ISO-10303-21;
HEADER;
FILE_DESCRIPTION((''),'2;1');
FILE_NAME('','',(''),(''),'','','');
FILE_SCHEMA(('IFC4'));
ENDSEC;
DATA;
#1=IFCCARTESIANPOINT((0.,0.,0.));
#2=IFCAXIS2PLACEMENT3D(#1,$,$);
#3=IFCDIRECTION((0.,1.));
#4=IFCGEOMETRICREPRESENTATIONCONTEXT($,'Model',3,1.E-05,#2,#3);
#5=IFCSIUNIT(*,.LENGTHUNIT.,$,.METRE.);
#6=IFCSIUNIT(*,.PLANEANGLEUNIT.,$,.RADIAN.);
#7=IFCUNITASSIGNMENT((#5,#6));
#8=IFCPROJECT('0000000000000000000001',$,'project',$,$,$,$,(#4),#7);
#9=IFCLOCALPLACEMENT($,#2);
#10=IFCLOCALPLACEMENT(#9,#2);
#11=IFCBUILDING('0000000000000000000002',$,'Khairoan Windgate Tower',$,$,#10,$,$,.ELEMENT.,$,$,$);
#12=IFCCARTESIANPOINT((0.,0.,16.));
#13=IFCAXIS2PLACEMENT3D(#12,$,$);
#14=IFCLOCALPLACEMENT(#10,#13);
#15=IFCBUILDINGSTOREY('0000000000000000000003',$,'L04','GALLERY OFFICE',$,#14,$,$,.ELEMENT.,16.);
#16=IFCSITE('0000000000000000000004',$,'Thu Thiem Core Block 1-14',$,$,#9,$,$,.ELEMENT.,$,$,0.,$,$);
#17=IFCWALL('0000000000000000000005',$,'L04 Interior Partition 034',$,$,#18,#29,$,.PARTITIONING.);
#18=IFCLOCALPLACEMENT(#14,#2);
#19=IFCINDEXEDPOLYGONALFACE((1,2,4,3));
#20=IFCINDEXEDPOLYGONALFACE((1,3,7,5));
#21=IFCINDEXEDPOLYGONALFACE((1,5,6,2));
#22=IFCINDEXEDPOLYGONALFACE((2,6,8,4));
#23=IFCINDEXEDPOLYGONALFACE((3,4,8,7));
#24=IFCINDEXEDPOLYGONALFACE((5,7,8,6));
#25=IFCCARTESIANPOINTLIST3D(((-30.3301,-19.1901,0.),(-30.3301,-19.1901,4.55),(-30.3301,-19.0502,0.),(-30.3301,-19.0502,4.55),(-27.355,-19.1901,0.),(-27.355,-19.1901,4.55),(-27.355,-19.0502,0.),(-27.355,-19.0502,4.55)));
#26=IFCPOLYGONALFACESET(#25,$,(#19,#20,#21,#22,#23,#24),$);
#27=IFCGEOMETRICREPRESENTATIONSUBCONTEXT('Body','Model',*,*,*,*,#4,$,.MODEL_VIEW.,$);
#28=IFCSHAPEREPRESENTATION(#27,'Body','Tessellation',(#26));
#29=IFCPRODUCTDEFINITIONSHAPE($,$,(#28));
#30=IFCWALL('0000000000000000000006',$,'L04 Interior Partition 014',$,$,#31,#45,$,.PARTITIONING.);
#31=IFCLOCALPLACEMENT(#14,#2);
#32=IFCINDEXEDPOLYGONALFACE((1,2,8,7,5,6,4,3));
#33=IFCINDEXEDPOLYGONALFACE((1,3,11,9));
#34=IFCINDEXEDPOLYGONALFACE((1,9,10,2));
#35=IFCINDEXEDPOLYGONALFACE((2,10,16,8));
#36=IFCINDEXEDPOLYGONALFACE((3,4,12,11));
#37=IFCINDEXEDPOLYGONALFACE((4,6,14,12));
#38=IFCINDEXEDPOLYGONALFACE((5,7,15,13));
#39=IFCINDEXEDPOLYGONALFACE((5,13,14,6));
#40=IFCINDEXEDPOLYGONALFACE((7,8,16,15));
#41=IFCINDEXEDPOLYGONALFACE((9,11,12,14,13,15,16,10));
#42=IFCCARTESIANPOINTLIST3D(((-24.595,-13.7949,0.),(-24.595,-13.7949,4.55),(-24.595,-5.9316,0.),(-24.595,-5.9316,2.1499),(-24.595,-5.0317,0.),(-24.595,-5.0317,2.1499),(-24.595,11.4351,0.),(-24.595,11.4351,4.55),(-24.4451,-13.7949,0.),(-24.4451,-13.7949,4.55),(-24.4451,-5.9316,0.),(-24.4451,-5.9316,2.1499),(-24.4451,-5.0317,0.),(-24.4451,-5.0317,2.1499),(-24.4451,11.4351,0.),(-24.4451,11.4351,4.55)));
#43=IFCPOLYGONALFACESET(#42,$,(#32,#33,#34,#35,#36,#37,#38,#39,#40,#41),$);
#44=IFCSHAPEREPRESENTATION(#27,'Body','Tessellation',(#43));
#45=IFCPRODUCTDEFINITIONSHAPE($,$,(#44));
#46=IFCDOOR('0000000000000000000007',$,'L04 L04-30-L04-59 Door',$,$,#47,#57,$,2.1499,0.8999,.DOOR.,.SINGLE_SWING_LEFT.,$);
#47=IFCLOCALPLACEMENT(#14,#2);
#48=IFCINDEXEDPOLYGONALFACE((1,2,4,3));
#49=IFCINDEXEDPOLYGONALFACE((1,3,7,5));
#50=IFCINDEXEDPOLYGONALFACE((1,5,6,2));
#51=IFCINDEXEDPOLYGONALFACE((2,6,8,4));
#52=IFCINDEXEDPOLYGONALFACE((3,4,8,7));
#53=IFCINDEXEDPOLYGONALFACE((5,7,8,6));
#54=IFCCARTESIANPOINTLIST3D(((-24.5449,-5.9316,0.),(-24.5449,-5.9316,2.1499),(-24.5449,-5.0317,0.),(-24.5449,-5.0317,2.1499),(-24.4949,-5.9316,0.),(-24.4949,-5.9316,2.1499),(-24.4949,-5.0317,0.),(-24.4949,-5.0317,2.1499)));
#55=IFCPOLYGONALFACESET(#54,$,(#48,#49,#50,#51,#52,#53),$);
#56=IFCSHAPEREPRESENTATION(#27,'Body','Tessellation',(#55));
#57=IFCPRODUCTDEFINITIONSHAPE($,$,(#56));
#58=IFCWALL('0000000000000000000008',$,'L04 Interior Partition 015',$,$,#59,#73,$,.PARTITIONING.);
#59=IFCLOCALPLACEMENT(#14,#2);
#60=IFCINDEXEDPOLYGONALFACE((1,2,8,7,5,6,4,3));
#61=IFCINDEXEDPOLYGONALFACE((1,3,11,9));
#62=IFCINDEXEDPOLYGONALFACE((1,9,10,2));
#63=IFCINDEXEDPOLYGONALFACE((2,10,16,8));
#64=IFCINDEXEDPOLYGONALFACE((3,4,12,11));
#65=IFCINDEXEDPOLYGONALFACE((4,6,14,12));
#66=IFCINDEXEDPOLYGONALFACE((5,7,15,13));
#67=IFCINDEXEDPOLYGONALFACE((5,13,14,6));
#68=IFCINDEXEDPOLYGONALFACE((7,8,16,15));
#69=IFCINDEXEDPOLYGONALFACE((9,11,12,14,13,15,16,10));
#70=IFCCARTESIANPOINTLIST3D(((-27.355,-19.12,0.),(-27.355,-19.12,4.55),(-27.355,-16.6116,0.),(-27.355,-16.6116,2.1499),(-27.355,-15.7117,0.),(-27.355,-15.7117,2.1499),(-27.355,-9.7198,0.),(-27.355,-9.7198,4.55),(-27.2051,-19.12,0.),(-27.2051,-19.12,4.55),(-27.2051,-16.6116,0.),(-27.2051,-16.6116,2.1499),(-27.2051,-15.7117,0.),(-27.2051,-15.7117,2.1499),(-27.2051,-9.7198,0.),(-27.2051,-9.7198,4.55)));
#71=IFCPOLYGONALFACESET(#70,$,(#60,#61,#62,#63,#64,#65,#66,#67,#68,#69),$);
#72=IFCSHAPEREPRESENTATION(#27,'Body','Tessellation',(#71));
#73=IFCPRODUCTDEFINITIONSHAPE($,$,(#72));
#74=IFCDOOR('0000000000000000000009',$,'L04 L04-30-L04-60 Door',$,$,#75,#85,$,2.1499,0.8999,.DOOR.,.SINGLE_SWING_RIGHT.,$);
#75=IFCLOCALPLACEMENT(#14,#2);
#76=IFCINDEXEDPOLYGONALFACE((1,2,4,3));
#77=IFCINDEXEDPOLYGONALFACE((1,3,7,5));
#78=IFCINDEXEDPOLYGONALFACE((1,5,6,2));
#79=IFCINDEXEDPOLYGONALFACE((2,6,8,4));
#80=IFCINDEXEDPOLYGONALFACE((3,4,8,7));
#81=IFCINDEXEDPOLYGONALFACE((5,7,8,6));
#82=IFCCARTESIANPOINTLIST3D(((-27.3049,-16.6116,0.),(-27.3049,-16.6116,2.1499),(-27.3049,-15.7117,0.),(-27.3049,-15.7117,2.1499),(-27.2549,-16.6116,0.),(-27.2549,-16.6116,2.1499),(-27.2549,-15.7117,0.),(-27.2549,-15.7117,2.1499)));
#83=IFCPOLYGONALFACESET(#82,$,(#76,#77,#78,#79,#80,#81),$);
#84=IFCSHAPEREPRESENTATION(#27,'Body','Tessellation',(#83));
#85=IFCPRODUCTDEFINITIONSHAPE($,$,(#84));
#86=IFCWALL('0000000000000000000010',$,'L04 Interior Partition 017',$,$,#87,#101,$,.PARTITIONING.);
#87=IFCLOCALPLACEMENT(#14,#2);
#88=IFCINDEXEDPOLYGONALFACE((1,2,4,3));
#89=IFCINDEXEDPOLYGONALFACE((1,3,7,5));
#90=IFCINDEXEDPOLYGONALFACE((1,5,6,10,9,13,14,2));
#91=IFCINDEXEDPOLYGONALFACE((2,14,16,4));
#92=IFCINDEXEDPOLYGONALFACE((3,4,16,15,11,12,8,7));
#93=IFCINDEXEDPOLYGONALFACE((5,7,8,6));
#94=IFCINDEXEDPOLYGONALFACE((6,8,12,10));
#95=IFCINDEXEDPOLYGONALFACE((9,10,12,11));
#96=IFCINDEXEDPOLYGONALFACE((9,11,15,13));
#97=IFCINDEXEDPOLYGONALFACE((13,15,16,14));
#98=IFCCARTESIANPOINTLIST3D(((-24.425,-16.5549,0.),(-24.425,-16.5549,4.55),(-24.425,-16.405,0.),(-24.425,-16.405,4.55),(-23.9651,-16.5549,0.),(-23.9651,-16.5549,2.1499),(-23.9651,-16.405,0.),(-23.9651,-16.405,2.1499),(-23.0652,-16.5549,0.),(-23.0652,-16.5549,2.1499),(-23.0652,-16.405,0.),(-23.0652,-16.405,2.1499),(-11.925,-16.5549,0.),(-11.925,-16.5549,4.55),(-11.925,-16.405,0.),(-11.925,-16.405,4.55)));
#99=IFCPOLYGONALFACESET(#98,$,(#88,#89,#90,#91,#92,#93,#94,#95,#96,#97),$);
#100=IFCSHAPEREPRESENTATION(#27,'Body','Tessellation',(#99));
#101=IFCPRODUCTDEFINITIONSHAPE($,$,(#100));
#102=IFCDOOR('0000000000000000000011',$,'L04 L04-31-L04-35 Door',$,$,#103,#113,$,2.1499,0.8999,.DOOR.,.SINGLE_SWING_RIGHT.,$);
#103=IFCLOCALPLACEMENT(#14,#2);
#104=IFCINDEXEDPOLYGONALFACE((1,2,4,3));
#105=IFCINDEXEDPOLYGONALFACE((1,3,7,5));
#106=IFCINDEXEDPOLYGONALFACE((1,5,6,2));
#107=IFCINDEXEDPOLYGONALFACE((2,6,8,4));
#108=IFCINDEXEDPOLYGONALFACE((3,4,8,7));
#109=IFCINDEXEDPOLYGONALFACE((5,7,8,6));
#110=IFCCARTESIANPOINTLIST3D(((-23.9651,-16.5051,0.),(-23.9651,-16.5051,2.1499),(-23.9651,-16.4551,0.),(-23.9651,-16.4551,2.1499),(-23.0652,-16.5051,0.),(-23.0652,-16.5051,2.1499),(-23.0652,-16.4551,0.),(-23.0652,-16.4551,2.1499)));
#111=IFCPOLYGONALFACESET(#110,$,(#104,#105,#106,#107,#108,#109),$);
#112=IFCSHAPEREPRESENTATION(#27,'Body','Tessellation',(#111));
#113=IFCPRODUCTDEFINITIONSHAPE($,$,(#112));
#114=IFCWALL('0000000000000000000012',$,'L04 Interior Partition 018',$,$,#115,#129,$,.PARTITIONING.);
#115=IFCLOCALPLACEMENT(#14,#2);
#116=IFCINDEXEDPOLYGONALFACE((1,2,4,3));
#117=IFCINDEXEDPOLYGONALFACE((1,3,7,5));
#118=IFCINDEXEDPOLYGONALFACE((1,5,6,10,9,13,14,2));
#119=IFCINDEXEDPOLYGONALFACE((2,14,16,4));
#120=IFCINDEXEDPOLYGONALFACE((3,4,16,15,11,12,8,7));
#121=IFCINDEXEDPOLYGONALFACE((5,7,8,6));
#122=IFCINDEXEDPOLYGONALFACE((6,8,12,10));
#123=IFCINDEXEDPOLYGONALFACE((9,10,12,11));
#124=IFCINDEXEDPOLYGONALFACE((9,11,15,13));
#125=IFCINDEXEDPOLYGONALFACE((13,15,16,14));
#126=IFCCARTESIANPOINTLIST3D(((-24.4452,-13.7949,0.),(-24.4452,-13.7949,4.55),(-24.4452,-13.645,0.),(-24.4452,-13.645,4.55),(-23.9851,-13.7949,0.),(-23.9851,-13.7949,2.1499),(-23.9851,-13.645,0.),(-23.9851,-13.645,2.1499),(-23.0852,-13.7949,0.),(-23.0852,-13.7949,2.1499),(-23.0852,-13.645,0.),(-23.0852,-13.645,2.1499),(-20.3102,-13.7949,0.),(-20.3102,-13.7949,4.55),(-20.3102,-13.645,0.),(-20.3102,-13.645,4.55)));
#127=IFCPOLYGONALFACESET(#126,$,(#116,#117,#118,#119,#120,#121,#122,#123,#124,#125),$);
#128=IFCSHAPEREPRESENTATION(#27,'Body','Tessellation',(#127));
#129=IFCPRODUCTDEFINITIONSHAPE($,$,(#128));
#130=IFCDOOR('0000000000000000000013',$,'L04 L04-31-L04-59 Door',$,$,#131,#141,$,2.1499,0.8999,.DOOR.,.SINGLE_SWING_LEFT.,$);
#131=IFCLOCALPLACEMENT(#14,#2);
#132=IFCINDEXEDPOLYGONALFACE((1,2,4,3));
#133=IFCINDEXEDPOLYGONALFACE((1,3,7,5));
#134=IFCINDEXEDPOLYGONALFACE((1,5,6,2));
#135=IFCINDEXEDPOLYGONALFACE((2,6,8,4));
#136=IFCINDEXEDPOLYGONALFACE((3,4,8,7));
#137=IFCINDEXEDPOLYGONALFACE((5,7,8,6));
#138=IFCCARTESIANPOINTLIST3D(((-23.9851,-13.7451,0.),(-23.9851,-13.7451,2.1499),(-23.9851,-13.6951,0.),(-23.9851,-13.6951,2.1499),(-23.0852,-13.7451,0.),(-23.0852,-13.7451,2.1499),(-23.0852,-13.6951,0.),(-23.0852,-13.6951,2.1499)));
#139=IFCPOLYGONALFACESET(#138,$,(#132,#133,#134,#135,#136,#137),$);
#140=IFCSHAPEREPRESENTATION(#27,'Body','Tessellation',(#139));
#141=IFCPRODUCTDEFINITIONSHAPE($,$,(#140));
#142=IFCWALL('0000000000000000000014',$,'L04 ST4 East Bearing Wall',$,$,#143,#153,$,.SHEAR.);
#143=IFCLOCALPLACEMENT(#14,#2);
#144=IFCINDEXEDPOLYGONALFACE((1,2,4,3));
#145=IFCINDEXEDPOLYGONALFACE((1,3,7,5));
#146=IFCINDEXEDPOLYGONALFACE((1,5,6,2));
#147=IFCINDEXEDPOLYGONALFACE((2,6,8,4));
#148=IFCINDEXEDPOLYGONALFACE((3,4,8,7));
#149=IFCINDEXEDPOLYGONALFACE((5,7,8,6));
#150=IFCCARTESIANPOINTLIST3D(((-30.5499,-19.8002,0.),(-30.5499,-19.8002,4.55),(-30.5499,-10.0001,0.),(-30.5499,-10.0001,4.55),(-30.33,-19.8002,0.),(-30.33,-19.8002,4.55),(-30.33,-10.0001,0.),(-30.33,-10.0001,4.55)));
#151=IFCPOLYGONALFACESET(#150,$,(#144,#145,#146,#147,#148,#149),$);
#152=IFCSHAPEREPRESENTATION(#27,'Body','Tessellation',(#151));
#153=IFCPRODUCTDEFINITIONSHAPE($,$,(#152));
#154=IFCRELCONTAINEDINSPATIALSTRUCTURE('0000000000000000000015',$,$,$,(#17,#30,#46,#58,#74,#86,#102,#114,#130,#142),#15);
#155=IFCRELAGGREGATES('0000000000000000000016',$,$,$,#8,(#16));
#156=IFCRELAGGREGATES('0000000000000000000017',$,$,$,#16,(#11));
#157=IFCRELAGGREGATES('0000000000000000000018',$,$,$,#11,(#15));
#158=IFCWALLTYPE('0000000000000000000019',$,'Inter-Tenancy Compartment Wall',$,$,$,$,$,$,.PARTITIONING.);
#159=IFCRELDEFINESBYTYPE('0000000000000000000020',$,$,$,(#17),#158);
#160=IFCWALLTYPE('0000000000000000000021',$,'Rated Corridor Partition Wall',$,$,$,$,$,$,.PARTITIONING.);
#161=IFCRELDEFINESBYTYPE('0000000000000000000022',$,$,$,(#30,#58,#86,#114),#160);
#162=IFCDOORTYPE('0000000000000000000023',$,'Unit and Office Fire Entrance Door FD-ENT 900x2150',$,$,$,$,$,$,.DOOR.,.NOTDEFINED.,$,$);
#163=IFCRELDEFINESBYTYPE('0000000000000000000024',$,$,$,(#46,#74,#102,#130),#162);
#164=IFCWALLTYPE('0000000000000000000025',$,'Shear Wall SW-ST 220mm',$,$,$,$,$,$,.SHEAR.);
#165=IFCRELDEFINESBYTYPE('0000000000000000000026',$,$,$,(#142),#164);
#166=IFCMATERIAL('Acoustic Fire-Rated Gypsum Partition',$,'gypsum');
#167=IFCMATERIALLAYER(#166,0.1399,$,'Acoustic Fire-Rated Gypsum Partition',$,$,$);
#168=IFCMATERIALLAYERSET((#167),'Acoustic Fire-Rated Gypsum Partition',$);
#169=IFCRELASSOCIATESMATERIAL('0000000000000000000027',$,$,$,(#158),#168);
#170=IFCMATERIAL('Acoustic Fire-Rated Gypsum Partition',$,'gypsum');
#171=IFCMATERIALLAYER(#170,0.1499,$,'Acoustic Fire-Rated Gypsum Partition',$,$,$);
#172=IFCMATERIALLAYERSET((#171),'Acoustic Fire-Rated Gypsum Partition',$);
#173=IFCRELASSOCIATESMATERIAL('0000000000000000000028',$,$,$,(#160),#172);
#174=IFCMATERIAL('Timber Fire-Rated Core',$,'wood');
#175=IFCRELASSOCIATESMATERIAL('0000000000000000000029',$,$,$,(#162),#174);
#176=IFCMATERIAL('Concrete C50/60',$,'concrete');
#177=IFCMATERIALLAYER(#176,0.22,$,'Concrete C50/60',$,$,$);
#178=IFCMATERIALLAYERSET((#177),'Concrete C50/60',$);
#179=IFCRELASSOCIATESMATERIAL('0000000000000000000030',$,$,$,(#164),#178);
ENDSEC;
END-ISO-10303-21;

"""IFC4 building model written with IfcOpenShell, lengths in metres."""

from ifc_helpers import new_model, si_unit, direction, frame, frame_2d, origin, place, context, subcontext, project, spatial, rectangle, extrude, material, layer, layer_set, type_object, element, fill, save


model = new_model("IFC4")

# Units and contexts
model_context = context("Model", 3, precision=1e-05, world=origin(), true_north=direction((0.0, 1.0)))
body_context = subcontext(model_context, "Body", "Model", "MODEL_VIEW")
ifc_project = project(units=[si_unit("LENGTHUNIT", "METRE"), si_unit("PLANEANGLEUNIT", "RADIAN")], contexts=[model_context])

# Site, building, storey
site_placement = place(None, origin())
site = spatial("IfcSite", under=ifc_project, at=site_placement, Name="Thu Thiem Core Block 1-14", CompositionType="ELEMENT", RefElevation=0.0)
building_placement = place(site_placement, origin())
building = spatial("IfcBuilding", under=site, at=building_placement, Name="Khairoan Windgate Tower", CompositionType="ELEMENT")
storey_placement = place(building_placement, frame((0.0, 0.0, 16.0)))
storey = spatial("IfcBuildingStorey", under=building, at=storey_placement, Name="L04", Description="GALLERY OFFICE", CompositionType="ELEMENT", Elevation=16.0)

# Wall
ifc_material_1 = material(Name="Acoustic Fire-Rated Gypsum Partition", Category="gypsum")
ifc_layer_1 = layer(ifc_material_1, 0.1399, Name="Acoustic Fire-Rated Gypsum Partition")
ifc_layer_set_1 = layer_set([ifc_layer_1], Name="Acoustic Fire-Rated Gypsum Partition")
wall_type_1 = type_object("IfcWallType", Name="Inter-Tenancy Compartment Wall", PredefinedType="PARTITIONING", material=ifc_layer_set_1)
wall_1_placement = place(storey_placement, frame((-30.3301, -19.1201, 0.0), z_axis=(0.0, 0.0, 1.0), x_axis=(1.0, 0.0, 0.0)))
element("IfcWall", 1, at=wall_1_placement, inside=storey, type_object=wall_type_1, Name="L04 Interior Partition 034", PredefinedType="PARTITIONING", context=body_context, shape_type="SweptSolid", body=[
    extrude(rectangle(XDim=2.9751, YDim=0.1399, at=frame_2d((1.4875, 0.0))), origin(), (0.0, 0.0, 1.0), 4.55),
])

# Walls, openings, doors
ifc_material_2 = material(Name="Acoustic Fire-Rated Gypsum Partition", Category="gypsum")
ifc_layer_2 = layer(ifc_material_2, 0.1499, Name="Acoustic Fire-Rated Gypsum Partition")
ifc_layer_set_2 = layer_set([ifc_layer_2], Name="Acoustic Fire-Rated Gypsum Partition")
wall_type_2 = type_object("IfcWallType", Name="Rated Corridor Partition Wall", PredefinedType="PARTITIONING", material=ifc_layer_set_2)
wall_2_placement = place(storey_placement, frame((-24.52, -13.7949, 0.0), z_axis=(0.0, 0.0, 1.0), x_axis=(0.0, 1.0, 0.0)))
wall_2 = element("IfcWall", 2, at=wall_2_placement, inside=storey, type_object=wall_type_2, Name="L04 Interior Partition 014", PredefinedType="PARTITIONING", context=body_context, shape_type="SweptSolid", body=[
    extrude(rectangle(XDim=25.23, YDim=0.1499, at=frame_2d((12.615, 0.0))), origin(), (0.0, 0.0, 1.0), 4.55),
])
opening_1_placement = place(wall_2_placement, frame((7.8633, 0.0, 0.0)))
opening_1 = element("IfcOpeningElement", 3, at=opening_1_placement, cuts=wall_2, PredefinedType="OPENING", context=body_context, shape_type="SweptSolid", body=[
    extrude(rectangle(XDim=0.8999, YDim=2.1499, at=frame_2d((0.45, 1.075))), frame((0.0, 0.085, 0.0), z_axis=(0.0, -1.0, 0.0), x_axis=(1.0, 0.0, 0.0)), (0.0, 0.0, 1.0), 0.1699),
])
ifc_material_3 = material(Name="Timber Fire-Rated Core", Category="wood")
door_type = type_object("IfcDoorType", Name="Unit and Office Fire Entrance Door FD-ENT 900x2150", OperationType="NOTDEFINED", PredefinedType="DOOR", material=ifc_material_3)
door_1_placement = place(opening_1_placement, origin())
door_1 = element("IfcDoor", 4, at=door_1_placement, inside=storey, type_object=door_type, Name="L04 L04-30-L04-59 Door", OperationType="SINGLE_SWING_LEFT", OverallHeight=2.1499, OverallWidth=0.8999, PredefinedType="DOOR", context=body_context, shape_type="SweptSolid", body=[
    extrude(rectangle(XDim=0.8999, YDim=2.1499, at=frame_2d((0.45, 1.075))), frame((0.0, 0.0249, 0.0), z_axis=(0.0, -1.0, 0.0), x_axis=(1.0, 0.0, 0.0)), (0.0, 0.0, 1.0), 0.05),
])
fill(opening_1, door_1)
wall_3_placement = place(storey_placement, frame((-27.28, -19.1201, 0.0), z_axis=(0.0, 0.0, 1.0), x_axis=(0.0, 1.0, 0.0)))
wall_3 = element("IfcWall", 5, at=wall_3_placement, inside=storey, type_object=wall_type_2, Name="L04 Interior Partition 015", PredefinedType="PARTITIONING", context=body_context, shape_type="SweptSolid", body=[
    extrude(rectangle(XDim=9.4001, YDim=0.1499, at=frame_2d((4.7002, 0.0))), origin(), (0.0, 0.0, 1.0), 4.55),
])
opening_2_placement = place(wall_3_placement, frame((2.5085, 0.0, 0.0)))
opening_2 = element("IfcOpeningElement", 6, at=opening_2_placement, cuts=wall_3, PredefinedType="OPENING", context=body_context, shape_type="SweptSolid", body=[
    extrude(rectangle(XDim=0.8999, YDim=2.1499, at=frame_2d((0.45, 1.075))), frame((0.0, 0.085, 0.0), z_axis=(0.0, -1.0, 0.0), x_axis=(1.0, 0.0, 0.0)), (0.0, 0.0, 1.0), 0.1699),
])
door_2_placement = place(opening_2_placement, origin())
door_2 = element("IfcDoor", 7, at=door_2_placement, inside=storey, type_object=door_type, Name="L04 L04-30-L04-60 Door", OperationType="SINGLE_SWING_RIGHT", OverallHeight=2.1499, OverallWidth=0.8999, PredefinedType="DOOR", context=body_context, shape_type="SweptSolid", body=[
    extrude(rectangle(XDim=0.8999, YDim=2.1499, at=frame_2d((0.45, 1.075))), frame((0.0, 0.0249, 0.0), z_axis=(0.0, -1.0, 0.0), x_axis=(1.0, 0.0, 0.0)), (0.0, 0.0, 1.0), 0.05),
])
fill(opening_2, door_2)
wall_4_placement = place(storey_placement, frame((-24.425, -16.48, 0.0), z_axis=(0.0, 0.0, 1.0), x_axis=(1.0, 0.0, 0.0)))
wall_4 = element("IfcWall", 8, at=wall_4_placement, inside=storey, type_object=wall_type_2, Name="L04 Interior Partition 017", PredefinedType="PARTITIONING", context=body_context, shape_type="SweptSolid", body=[
    extrude(rectangle(XDim=12.5, YDim=0.1499, at=frame_2d((6.25, 0.0))), origin(), (0.0, 0.0, 1.0), 4.55),
])
opening_3_placement = place(wall_4_placement, frame((0.46, 0.0, 0.0)))
opening_3 = element("IfcOpeningElement", 9, at=opening_3_placement, cuts=wall_4, PredefinedType="OPENING", context=body_context, shape_type="SweptSolid", body=[
    extrude(rectangle(XDim=0.8999, YDim=2.1499, at=frame_2d((0.45, 1.075))), frame((0.0, 0.085, 0.0), z_axis=(0.0, -1.0, 0.0), x_axis=(1.0, 0.0, 0.0)), (0.0, 0.0, 1.0), 0.1699),
])
door_3_placement = place(opening_3_placement, origin())
door_3 = element("IfcDoor", 10, at=door_3_placement, inside=storey, type_object=door_type, Name="L04 L04-31-L04-35 Door", OperationType="SINGLE_SWING_RIGHT", OverallHeight=2.1499, OverallWidth=0.8999, PredefinedType="DOOR", context=body_context, shape_type="SweptSolid", body=[
    extrude(rectangle(XDim=0.8999, YDim=2.1499, at=frame_2d((0.45, 1.075))), frame((0.0, 0.0249, 0.0), z_axis=(0.0, -1.0, 0.0), x_axis=(1.0, 0.0, 0.0)), (0.0, 0.0, 1.0), 0.05),
])
fill(opening_3, door_3)
wall_5_placement = place(storey_placement, frame((-24.4451, -13.72, 0.0), z_axis=(0.0, 0.0, 1.0), x_axis=(1.0, 0.0, 0.0)))
wall_5 = element("IfcWall", 11, at=wall_5_placement, inside=storey, type_object=wall_type_2, Name="L04 Interior Partition 018", PredefinedType="PARTITIONING", context=body_context, shape_type="SweptSolid", body=[
    extrude(rectangle(XDim=4.135, YDim=0.1499, at=frame_2d((2.0674, 0.0))), origin(), (0.0, 0.0, 1.0), 4.55),
])
opening_4_placement = place(wall_5_placement, frame((0.46, 0.0, 0.0)))
opening_4 = element("IfcOpeningElement", 12, at=opening_4_placement, cuts=wall_5, PredefinedType="OPENING", context=body_context, shape_type="SweptSolid", body=[
    extrude(rectangle(XDim=0.8999, YDim=2.1499, at=frame_2d((0.45, 1.075))), frame((0.0, 0.085, 0.0), z_axis=(0.0, -1.0, 0.0), x_axis=(1.0, 0.0, 0.0)), (0.0, 0.0, 1.0), 0.1699),
])
door_4_placement = place(opening_4_placement, origin())
door_4 = element("IfcDoor", 13, at=door_4_placement, inside=storey, type_object=door_type, Name="L04 L04-31-L04-59 Door", OperationType="SINGLE_SWING_LEFT", OverallHeight=2.1499, OverallWidth=0.8999, PredefinedType="DOOR", context=body_context, shape_type="SweptSolid", body=[
    extrude(rectangle(XDim=0.8999, YDim=2.1499, at=frame_2d((0.45, 1.075))), frame((0.0, 0.0249, 0.0), z_axis=(0.0, -1.0, 0.0), x_axis=(1.0, 0.0, 0.0)), (0.0, 0.0, 1.0), 0.05),
])
fill(opening_4, door_4)

# Wall
ifc_material_4 = material(Name="Concrete C50/60", Category="concrete")
ifc_layer_3 = layer(ifc_material_4, 0.22, Name="Concrete C50/60")
ifc_layer_set_3 = layer_set([ifc_layer_3], Name="Concrete C50/60")
wall_type_3 = type_object("IfcWallType", Name="Shear Wall SW-ST 220mm", PredefinedType="SHEAR", material=ifc_layer_set_3)
wall_6_placement = place(storey_placement, frame((-30.4399, -19.8, 0.0), z_axis=(0.0, 0.0, 1.0), x_axis=(0.0, 1.0, 0.0)))
element("IfcWall", 14, at=wall_6_placement, inside=storey, type_object=wall_type_3, Name="L04 ST4 East Bearing Wall", PredefinedType="SHEAR", context=body_context, shape_type="SweptSolid", body=[
    extrude(rectangle(XDim=9.8, YDim=0.22, at=frame_2d((4.8999, 0.0))), origin(), (0.0, 0.0, 1.0), 4.55),
])

save(model, "model.ifc")
